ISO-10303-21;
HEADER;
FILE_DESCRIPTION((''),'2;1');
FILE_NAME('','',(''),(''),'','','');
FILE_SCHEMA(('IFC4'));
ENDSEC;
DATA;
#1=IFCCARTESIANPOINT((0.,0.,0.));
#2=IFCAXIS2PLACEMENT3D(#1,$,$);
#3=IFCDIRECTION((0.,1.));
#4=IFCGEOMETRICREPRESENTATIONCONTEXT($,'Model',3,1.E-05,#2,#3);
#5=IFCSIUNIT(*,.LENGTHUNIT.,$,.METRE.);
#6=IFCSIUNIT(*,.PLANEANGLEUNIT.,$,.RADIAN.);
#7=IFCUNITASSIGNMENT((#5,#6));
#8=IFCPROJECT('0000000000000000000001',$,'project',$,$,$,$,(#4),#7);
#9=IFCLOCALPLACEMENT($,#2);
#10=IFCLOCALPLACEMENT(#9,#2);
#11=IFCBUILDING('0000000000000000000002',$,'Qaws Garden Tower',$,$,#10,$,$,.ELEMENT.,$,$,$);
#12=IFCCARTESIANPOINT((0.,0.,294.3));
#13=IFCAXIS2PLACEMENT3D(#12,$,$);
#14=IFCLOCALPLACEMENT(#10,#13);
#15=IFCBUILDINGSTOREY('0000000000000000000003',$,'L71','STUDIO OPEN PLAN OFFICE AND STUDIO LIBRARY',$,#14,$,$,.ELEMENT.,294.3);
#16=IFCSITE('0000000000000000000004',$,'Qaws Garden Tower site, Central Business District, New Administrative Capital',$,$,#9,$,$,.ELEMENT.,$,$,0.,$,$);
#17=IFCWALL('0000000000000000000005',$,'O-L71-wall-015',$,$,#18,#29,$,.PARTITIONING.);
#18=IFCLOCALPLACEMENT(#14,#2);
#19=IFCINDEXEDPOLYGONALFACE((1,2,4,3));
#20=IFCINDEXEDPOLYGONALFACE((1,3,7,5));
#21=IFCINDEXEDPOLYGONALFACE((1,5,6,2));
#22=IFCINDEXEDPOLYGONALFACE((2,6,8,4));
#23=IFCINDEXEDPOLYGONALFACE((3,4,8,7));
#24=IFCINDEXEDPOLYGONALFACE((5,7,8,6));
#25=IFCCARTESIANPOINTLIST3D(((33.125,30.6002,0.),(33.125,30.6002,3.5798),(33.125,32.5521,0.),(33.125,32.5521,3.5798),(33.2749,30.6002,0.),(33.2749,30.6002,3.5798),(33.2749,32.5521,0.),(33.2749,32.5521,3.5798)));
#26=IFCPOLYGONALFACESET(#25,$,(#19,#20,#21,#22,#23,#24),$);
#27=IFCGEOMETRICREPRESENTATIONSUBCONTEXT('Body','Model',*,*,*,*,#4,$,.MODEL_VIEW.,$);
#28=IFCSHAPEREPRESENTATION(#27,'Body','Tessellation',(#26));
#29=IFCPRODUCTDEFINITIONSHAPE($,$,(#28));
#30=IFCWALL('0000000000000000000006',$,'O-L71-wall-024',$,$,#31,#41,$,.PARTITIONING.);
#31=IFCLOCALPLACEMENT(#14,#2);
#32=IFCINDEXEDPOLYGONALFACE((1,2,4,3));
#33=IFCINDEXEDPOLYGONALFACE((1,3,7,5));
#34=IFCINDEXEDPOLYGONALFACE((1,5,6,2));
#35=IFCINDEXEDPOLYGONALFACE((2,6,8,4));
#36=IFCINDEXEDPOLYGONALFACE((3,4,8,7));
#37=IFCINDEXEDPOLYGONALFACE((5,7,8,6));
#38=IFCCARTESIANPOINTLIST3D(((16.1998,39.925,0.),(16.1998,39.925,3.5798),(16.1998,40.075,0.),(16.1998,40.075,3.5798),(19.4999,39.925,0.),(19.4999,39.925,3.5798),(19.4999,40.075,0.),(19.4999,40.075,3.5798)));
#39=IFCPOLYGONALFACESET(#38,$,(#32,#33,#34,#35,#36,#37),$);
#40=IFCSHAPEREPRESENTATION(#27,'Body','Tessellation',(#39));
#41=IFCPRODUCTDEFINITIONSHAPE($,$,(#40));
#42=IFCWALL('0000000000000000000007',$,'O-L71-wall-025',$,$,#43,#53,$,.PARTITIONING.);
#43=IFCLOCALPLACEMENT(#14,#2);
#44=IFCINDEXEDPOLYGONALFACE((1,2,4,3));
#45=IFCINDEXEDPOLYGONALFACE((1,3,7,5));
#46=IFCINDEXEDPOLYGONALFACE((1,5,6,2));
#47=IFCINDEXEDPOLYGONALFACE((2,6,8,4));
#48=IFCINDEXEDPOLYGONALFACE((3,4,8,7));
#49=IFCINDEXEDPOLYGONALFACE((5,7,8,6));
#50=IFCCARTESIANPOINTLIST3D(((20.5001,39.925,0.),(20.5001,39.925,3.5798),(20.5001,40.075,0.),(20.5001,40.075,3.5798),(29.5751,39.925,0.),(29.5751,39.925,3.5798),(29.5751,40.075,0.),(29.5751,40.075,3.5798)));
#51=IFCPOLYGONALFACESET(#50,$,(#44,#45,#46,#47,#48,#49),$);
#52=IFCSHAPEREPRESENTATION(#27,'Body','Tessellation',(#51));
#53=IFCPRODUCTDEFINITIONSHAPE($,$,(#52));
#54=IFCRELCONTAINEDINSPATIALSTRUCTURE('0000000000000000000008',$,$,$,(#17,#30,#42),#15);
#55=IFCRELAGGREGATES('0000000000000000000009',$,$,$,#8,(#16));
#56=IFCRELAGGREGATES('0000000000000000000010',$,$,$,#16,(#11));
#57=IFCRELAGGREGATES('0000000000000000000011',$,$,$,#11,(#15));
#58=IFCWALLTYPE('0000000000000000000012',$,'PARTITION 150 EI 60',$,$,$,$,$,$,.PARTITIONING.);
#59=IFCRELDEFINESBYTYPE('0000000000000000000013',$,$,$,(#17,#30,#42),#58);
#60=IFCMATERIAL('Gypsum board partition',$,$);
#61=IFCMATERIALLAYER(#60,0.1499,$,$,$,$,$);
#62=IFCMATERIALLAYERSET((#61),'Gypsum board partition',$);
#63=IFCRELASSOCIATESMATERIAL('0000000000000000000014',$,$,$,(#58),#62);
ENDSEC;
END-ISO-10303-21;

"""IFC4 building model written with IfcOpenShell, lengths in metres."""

from ifc_helpers import new_model, si_unit, direction, frame, frame_2d, origin, place, context, subcontext, project, spatial, rectangle, extrude, material, layer, layer_set, type_object, element, save


model = new_model("IFC4")

# Units and contexts
model_context = context("Model", 3, precision=1e-05, world=origin(), true_north=direction((0.0, 1.0)))
body_context = subcontext(model_context, "Body", "Model", "MODEL_VIEW")
ifc_project = project(units=[si_unit("LENGTHUNIT", "METRE"), si_unit("PLANEANGLEUNIT", "RADIAN")], contexts=[model_context])

# Site, building, storey
site_placement = place(None, origin())
site = spatial("IfcSite", under=ifc_project, at=site_placement, Name="Qaws Garden Tower site, Central Business District, New Administrative Capital", CompositionType="ELEMENT", RefElevation=0.0)
building_placement = place(site_placement, origin())
building = spatial("IfcBuilding", under=site, at=building_placement, Name="Qaws Garden Tower", CompositionType="ELEMENT")
storey_placement = place(building_placement, frame((0.0, 0.0, 294.3)))
storey = spatial("IfcBuildingStorey", under=building, at=storey_placement, Name="L71", Description="STUDIO OPEN PLAN OFFICE AND STUDIO LIBRARY", CompositionType="ELEMENT", Elevation=294.3)

# Walls
ifc_material_1 = material(Name="Gypsum board partition")
ifc_layer_1 = layer(ifc_material_1, 0.1499)
ifc_layer_set_1 = layer_set([ifc_layer_1], Name="Gypsum board partition")
wall_type_1 = type_object("IfcWallType", Name="PARTITION 150 EI 60", PredefinedType="PARTITIONING", material=ifc_layer_set_1)
wall_1_placement = place(storey_placement, frame((33.2, 30.6001, 0.0), z_axis=(0.0, 0.0, 1.0), x_axis=(0.0, 1.0, 0.0)))
element("IfcWall", 1, at=wall_1_placement, inside=storey, type_object=wall_type_1, Name="O-L71-wall-015", PredefinedType="PARTITIONING", context=body_context, shape_type="SweptSolid", body=[
    extrude(rectangle(XDim=1.9519, YDim=0.1499, at=frame_2d((0.9761, 0.0))), origin(), (0.0, 0.0, 1.0), 3.5798),
])
wall_2_placement = place(storey_placement, frame((16.2, 40.0, 0.0), z_axis=(0.0, 0.0, 1.0), x_axis=(1.0, 0.0, 0.0)))
element("IfcWall", 2, at=wall_2_placement, inside=storey, type_object=wall_type_1, Name="O-L71-wall-024", PredefinedType="PARTITIONING", context=body_context, shape_type="SweptSolid", body=[
    extrude(rectangle(XDim=3.3, YDim=0.1499, at=frame_2d((1.6499, 0.0))), origin(), (0.0, 0.0, 1.0), 3.5798),
])
wall_3_placement = place(storey_placement, frame((20.5, 40.0, 0.0), z_axis=(0.0, 0.0, 1.0), x_axis=(1.0, 0.0, 0.0)))
element("IfcWall", 3, at=wall_3_placement, inside=storey, type_object=wall_type_1, Name="O-L71-wall-025", PredefinedType="PARTITIONING", context=body_context, shape_type="SweptSolid", body=[
    extrude(rectangle(XDim=9.075, YDim=0.1499, at=frame_2d((4.5376, 0.0))), origin(), (0.0, 0.0, 1.0), 3.5798),
])

save(model, "model.ifc")
